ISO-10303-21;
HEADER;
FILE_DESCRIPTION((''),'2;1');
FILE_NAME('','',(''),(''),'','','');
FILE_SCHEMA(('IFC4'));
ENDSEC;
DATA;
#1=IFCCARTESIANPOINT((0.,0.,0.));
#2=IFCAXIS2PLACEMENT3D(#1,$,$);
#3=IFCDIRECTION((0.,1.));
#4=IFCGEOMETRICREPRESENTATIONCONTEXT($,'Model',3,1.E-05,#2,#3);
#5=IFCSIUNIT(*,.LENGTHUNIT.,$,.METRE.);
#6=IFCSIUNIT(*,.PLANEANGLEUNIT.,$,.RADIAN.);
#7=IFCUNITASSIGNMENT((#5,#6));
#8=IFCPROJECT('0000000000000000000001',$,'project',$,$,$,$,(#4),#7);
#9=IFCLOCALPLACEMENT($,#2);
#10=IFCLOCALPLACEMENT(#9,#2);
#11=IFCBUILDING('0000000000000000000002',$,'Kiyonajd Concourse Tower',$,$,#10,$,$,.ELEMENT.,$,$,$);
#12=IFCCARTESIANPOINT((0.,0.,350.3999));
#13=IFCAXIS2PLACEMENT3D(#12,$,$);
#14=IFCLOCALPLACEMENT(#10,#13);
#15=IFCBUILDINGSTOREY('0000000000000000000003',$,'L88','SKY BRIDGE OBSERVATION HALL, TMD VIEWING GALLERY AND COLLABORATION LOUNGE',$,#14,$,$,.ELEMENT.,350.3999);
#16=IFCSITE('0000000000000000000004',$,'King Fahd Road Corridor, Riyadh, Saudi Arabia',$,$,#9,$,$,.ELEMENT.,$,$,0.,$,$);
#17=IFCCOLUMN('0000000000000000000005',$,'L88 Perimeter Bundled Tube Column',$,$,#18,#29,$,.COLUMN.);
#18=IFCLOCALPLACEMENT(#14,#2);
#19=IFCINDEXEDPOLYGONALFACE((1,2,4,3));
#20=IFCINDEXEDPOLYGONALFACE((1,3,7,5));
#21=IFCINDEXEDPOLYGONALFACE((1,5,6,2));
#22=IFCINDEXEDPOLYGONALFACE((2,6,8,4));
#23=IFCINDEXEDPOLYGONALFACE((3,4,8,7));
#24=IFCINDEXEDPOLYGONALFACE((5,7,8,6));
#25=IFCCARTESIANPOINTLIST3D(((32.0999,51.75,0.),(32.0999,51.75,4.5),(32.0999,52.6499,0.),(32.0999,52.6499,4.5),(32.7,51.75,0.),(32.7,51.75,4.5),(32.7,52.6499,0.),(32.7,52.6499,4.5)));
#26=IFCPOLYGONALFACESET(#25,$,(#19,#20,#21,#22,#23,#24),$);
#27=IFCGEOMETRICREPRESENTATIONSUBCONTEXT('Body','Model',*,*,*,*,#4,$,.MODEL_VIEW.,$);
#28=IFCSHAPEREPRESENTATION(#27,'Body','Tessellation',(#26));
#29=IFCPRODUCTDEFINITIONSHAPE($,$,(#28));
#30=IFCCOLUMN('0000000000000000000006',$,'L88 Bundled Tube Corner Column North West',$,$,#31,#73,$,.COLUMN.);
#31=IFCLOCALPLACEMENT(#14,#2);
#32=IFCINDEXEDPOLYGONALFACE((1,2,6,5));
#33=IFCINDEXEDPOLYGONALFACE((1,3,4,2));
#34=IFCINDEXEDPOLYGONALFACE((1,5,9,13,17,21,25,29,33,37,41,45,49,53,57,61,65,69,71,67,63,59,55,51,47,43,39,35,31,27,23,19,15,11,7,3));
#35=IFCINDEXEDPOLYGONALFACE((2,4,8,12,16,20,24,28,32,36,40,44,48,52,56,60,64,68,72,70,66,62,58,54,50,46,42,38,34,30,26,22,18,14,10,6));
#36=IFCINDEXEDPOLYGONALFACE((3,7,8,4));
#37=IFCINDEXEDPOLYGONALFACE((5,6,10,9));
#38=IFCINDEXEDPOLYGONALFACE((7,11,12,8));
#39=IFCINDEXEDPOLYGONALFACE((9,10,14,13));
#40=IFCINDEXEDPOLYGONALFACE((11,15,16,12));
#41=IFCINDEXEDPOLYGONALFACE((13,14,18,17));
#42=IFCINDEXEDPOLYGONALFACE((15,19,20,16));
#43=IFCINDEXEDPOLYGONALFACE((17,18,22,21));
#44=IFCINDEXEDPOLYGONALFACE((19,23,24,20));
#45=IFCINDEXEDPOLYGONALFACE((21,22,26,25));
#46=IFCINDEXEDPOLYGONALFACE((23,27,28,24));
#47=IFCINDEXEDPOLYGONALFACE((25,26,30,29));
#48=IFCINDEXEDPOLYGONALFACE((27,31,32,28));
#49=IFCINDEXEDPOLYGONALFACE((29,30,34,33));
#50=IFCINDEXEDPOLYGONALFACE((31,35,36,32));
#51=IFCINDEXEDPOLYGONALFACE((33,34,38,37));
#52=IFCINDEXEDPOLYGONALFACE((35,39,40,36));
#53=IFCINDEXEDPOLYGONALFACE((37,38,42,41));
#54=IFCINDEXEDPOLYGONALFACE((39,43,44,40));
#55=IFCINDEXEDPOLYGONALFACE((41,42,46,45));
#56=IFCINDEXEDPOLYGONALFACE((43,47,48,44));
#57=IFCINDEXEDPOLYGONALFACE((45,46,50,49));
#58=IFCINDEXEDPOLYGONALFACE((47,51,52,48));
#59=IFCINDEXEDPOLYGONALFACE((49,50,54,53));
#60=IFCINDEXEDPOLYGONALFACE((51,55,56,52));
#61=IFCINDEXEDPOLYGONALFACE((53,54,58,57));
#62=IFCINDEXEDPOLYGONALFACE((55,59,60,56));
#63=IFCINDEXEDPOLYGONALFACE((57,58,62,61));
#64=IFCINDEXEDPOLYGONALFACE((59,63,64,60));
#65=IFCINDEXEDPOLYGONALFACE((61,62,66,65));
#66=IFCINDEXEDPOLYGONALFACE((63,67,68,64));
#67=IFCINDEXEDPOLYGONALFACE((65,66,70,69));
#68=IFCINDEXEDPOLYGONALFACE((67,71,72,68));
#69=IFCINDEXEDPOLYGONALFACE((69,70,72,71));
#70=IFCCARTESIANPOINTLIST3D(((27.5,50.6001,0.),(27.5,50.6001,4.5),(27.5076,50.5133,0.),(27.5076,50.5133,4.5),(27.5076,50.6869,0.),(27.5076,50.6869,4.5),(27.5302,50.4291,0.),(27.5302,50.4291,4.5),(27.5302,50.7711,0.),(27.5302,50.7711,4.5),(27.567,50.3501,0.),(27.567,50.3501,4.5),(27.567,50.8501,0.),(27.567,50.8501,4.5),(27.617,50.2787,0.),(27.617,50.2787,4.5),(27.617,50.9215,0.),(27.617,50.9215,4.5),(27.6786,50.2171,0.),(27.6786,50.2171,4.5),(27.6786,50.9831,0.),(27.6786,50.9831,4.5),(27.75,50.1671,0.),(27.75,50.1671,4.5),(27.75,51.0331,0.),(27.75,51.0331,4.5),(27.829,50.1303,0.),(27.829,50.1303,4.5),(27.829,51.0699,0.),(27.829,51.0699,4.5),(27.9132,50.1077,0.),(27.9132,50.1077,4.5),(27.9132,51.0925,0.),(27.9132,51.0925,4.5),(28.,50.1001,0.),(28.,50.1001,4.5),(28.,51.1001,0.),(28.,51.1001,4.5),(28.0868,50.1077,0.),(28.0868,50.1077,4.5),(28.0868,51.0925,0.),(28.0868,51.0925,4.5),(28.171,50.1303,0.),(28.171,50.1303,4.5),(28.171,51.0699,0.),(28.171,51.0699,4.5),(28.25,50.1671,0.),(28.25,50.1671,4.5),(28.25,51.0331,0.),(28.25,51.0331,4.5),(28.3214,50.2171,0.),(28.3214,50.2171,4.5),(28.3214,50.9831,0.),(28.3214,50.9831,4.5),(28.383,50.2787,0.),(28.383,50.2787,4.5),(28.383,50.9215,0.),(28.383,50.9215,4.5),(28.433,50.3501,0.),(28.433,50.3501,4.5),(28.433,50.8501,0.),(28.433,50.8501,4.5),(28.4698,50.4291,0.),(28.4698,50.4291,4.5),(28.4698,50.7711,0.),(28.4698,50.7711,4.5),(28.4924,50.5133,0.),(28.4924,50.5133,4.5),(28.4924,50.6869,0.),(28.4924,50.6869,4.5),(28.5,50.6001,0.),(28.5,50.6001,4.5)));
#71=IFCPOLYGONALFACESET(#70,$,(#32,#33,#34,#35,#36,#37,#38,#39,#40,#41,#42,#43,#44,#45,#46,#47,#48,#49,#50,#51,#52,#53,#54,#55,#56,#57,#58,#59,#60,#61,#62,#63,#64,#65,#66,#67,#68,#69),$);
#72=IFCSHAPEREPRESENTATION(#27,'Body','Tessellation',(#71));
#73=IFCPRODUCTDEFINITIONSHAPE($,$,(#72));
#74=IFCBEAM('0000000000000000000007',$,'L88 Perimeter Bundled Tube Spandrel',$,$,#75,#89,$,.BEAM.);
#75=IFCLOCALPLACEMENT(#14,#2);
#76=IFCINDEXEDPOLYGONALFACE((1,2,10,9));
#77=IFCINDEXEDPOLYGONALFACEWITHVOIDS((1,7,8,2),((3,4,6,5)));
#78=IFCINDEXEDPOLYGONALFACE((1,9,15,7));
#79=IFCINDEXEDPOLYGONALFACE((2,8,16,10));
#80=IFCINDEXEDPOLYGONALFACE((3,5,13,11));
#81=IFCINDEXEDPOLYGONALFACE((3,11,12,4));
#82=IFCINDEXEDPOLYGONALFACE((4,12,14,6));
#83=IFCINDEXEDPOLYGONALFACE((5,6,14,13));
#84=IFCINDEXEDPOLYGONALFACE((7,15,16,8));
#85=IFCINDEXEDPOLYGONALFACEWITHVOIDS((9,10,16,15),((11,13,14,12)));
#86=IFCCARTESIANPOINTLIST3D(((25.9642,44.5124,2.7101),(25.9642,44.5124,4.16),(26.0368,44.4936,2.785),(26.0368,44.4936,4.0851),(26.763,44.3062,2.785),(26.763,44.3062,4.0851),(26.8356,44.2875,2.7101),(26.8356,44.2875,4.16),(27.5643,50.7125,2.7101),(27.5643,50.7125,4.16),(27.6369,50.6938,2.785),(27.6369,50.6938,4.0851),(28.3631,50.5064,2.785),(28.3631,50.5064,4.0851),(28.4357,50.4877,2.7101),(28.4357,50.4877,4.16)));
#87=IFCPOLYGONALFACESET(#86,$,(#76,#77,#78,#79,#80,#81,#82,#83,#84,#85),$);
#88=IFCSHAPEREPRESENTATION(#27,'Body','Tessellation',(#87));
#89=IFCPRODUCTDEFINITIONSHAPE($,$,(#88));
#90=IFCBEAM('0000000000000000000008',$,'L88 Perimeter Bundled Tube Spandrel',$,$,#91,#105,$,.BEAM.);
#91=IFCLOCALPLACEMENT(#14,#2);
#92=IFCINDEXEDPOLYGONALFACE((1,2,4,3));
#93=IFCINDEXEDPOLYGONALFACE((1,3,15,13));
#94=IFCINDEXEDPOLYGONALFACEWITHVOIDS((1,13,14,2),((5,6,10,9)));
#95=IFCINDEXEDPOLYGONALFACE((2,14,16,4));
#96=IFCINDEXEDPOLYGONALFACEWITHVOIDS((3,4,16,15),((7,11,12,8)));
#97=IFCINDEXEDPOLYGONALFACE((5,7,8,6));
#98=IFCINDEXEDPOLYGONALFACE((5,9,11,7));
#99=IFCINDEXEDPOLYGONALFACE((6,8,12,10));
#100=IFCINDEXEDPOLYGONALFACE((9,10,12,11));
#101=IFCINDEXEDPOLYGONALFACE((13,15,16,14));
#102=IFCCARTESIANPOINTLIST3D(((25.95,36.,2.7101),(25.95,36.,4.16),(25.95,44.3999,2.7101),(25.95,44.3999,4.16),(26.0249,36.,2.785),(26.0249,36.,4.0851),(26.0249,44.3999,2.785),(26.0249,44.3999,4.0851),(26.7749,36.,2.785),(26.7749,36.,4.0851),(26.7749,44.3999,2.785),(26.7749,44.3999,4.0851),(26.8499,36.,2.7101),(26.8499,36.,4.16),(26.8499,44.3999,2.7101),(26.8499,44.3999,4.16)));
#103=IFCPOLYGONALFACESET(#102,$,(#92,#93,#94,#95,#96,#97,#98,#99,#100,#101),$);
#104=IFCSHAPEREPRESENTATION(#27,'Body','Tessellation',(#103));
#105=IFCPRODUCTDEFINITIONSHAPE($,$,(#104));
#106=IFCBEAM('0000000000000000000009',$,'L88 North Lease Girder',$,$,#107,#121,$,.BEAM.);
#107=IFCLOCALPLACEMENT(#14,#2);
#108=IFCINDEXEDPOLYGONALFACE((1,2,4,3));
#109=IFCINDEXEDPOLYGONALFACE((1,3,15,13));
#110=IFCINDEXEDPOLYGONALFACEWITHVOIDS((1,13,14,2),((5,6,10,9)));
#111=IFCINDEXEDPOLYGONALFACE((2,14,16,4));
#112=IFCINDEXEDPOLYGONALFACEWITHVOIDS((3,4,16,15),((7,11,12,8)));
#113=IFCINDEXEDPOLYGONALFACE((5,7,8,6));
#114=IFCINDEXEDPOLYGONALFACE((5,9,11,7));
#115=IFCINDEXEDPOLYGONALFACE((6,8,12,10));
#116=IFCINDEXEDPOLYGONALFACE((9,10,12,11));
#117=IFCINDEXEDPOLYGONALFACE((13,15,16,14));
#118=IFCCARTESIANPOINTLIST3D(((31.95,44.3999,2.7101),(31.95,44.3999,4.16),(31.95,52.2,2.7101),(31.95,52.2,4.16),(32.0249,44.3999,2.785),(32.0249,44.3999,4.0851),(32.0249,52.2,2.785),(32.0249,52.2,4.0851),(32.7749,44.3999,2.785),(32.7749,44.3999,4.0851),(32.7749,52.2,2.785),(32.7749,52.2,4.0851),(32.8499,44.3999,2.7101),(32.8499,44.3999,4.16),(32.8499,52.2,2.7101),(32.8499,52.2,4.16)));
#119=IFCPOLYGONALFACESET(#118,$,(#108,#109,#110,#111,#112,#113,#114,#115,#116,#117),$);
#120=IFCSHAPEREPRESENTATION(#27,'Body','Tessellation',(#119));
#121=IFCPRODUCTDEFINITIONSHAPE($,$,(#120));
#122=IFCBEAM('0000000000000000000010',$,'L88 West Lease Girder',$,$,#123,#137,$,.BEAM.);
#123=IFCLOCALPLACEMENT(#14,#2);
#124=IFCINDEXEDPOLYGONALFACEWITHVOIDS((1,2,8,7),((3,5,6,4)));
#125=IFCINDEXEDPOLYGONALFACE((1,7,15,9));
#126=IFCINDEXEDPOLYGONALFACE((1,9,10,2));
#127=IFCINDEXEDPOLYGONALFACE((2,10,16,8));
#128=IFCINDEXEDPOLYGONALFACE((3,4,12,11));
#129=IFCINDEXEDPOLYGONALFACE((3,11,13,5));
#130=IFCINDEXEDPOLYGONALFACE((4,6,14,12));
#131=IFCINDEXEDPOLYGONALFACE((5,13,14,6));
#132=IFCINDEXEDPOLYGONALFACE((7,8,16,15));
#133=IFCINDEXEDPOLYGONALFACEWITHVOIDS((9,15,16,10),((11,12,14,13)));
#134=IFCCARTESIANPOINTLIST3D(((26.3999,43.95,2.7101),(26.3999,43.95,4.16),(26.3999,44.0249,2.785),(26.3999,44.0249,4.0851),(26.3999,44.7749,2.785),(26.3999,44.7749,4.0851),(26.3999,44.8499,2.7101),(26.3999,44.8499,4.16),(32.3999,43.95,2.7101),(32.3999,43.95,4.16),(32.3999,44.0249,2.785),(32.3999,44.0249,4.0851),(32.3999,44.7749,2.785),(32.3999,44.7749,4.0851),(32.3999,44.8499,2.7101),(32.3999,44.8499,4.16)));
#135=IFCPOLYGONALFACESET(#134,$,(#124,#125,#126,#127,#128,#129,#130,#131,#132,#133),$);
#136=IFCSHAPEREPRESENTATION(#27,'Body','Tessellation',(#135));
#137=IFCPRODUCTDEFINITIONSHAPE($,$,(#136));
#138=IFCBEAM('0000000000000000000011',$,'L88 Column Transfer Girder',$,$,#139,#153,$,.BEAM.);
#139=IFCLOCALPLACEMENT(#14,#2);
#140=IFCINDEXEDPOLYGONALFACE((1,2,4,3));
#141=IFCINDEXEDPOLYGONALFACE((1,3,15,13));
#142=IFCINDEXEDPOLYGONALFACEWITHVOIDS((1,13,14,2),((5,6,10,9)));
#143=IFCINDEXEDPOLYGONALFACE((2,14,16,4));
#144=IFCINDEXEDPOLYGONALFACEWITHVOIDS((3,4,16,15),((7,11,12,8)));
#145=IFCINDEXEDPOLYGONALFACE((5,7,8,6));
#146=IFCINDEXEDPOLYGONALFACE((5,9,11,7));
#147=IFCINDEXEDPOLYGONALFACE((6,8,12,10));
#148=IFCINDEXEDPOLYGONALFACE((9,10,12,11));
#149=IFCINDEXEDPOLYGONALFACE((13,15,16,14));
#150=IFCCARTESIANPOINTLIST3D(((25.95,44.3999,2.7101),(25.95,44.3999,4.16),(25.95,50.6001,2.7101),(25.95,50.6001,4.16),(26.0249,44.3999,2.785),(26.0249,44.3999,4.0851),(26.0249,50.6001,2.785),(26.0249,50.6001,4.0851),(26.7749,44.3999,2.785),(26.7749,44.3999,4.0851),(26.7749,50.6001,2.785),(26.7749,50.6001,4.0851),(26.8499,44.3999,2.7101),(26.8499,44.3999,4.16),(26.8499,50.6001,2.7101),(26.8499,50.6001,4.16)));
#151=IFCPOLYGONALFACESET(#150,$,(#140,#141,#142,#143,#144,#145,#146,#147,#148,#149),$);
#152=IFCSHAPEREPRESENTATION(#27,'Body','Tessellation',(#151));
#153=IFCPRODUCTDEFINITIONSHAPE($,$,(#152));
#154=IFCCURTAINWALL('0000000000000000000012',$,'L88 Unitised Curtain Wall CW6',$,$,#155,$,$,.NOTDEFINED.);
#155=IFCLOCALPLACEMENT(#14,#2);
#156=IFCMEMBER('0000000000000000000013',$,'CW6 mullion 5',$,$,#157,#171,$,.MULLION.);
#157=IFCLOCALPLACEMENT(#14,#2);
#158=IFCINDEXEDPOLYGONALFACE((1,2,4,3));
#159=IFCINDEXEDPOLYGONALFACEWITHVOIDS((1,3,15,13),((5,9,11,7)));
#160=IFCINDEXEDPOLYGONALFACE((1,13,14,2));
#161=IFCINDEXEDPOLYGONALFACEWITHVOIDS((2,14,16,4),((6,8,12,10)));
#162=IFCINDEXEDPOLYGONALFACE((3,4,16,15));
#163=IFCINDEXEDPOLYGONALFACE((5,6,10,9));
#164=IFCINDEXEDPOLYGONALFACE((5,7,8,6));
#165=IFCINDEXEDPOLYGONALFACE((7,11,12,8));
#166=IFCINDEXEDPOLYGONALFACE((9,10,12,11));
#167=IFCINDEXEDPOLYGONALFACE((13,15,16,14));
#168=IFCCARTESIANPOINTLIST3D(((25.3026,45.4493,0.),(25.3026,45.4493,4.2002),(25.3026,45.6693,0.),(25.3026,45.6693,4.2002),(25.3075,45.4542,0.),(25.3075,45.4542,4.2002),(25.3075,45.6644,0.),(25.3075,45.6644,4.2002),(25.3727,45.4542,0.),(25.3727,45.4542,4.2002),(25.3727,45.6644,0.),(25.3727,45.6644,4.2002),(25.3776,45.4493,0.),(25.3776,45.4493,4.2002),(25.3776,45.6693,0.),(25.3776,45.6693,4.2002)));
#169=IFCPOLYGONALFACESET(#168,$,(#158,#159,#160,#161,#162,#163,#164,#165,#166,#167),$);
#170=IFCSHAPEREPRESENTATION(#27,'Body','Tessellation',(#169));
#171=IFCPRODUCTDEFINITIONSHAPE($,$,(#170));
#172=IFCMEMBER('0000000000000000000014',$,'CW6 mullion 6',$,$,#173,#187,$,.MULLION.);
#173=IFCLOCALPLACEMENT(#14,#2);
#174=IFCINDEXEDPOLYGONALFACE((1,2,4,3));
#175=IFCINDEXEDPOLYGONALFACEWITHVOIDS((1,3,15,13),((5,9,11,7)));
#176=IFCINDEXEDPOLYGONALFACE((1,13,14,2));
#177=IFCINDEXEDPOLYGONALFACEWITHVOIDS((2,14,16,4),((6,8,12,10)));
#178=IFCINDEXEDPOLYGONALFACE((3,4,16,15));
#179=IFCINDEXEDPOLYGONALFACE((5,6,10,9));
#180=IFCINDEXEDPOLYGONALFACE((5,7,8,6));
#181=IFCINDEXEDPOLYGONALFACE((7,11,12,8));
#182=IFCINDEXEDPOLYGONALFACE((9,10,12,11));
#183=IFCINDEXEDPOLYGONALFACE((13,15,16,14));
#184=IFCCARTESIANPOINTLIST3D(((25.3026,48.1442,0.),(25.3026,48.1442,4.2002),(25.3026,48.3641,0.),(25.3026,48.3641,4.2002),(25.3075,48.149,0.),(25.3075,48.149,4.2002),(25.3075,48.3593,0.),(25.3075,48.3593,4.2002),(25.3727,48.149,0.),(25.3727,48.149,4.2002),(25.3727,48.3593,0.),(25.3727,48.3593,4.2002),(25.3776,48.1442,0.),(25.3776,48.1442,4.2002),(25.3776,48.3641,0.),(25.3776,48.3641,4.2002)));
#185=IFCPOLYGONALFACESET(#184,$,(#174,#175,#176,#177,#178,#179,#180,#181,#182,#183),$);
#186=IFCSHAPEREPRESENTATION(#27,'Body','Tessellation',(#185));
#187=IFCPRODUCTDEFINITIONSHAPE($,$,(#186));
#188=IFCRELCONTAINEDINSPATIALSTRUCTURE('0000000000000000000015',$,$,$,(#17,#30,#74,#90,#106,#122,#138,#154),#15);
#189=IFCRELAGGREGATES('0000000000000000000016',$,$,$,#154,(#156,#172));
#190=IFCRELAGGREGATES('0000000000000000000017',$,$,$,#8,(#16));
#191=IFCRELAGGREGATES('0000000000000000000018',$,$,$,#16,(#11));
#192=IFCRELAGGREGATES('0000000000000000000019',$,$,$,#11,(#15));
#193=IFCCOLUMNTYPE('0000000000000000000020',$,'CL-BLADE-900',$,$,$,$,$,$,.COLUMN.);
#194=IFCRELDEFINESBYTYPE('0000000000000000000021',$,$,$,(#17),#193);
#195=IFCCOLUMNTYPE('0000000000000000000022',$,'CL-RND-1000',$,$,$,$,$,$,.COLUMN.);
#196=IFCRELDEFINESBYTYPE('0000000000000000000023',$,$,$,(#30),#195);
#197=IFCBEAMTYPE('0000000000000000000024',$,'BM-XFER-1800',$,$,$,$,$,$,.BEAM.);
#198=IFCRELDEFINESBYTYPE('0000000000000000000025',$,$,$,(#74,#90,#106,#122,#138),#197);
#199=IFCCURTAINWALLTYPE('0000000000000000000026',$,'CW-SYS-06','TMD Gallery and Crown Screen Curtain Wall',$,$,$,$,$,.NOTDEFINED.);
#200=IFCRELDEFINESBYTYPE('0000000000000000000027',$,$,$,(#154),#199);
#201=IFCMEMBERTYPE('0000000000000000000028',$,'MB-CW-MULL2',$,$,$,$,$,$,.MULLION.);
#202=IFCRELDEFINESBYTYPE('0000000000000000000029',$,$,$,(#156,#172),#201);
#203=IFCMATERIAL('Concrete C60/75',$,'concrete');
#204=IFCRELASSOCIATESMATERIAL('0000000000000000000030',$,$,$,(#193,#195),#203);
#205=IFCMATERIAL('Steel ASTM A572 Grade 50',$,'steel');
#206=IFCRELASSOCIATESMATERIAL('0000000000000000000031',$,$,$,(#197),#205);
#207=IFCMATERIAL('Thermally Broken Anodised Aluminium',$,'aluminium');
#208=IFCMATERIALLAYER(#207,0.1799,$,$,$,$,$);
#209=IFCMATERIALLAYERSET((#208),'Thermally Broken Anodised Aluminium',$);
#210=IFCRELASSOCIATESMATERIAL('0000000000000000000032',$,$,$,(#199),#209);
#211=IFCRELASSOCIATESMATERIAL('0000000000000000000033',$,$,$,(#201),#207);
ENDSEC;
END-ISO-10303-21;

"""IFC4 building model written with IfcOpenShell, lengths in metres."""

from ifc_helpers import new_model, si_unit, direction, frame, origin, origin_2d, place, context, subcontext, project, spatial, rectangle, hollow_rectangle, circle, extrude, material, layer, layer_set, material_profile, profile_set, type_object, element, aggregate, save


model = new_model("IFC4")

# Units and contexts
model_context = context("Model", 3, precision=1e-05, world=origin(), true_north=direction((0.0, 1.0)))
body_context = subcontext(model_context, "Body", "Model", "MODEL_VIEW")
ifc_project = project(units=[si_unit("LENGTHUNIT", "METRE"), si_unit("PLANEANGLEUNIT", "RADIAN")], contexts=[model_context])

# Site, building, storey
site_placement = place(None, origin())
site = spatial("IfcSite", under=ifc_project, at=site_placement, Name="King Fahd Road Corridor, Riyadh, Saudi Arabia", CompositionType="ELEMENT", RefElevation=0.0)
building_placement = place(site_placement, origin())
building = spatial("IfcBuilding", under=site, at=building_placement, Name="Kiyonajd Concourse Tower", CompositionType="ELEMENT")
storey_placement = place(building_placement, frame((0.0, 0.0, 350.3999)))
storey = spatial("IfcBuildingStorey", under=building, at=storey_placement, Name="L88", Description="SKY BRIDGE OBSERVATION HALL, TMD VIEWING GALLERY AND COLLABORATION LOUNGE", CompositionType="ELEMENT", Elevation=350.3999)

# Columns
ifc_material_1 = material(Name="Concrete C60/75", Category="concrete")
ifc_material_profile_1 = material_profile(ifc_material_1, rectangle(XDim=0.6001, YDim=0.8999, at=origin_2d()), Name="RC-900x600")
ifc_profile_set_1 = profile_set([ifc_material_profile_1], Name="Concrete C60/75")
column_type_1 = type_object("IfcColumnType", Name="CL-BLADE-900", PredefinedType="COLUMN", material=ifc_profile_set_1)
column_1_placement = place(storey_placement, frame((32.3999, 52.2, 0.0), z_axis=(0.0, 0.0, 1.0), x_axis=(1.0, 0.0, 0.0)))
element("IfcColumn", 1, at=column_1_placement, inside=storey, type_object=column_type_1, Name="L88 Perimeter Bundled Tube Column", PredefinedType="COLUMN", context=body_context, shape_type="SweptSolid", body=[
    extrude(rectangle(XDim=0.6001, YDim=0.8999, at=origin_2d()), origin(), (0.0, 0.0, 1.0), 4.5),
])
ifc_material_profile_2 = material_profile(ifc_material_1, circle(Radius=0.5, at=origin_2d()), Name="RCC-D1000")
ifc_profile_set_2 = profile_set([ifc_material_profile_2], Name="Concrete C60/75")
column_type_2 = type_object("IfcColumnType", Name="CL-RND-1000", PredefinedType="COLUMN", material=ifc_profile_set_2)
column_2_placement = place(storey_placement, frame((28.0, 50.6001, 0.0), z_axis=(0.0, 0.0, 1.0), x_axis=(1.0, 0.0, 0.0)))
element("IfcColumn", 2, at=column_2_placement, inside=storey, type_object=column_type_2, Name="L88 Bundled Tube Corner Column North West", PredefinedType="COLUMN", context=body_context, shape_type="SweptSolid", body=[
    extrude(circle(Radius=0.5, at=origin_2d()), origin(), (0.0, 0.0, 1.0), 4.5),
])

# Beams
ifc_material_2 = material(Name="Steel ASTM A572 Grade 50", Category="steel")
ifc_material_profile_3 = material_profile(ifc_material_2, hollow_rectangle(XDim=0.8999, YDim=1.45, WallThickness=0.075, at=origin_2d()), Name="BOX-1450x900x75")
ifc_profile_set_3 = profile_set([ifc_material_profile_3], Name="Steel ASTM A572 Grade 50")
beam_type = type_object("IfcBeamType", Name="BM-XFER-1800", PredefinedType="BEAM", material=ifc_profile_set_3)
beam_1_placement = place(storey_placement, frame((28.0, 50.6001, 3.4351), z_axis=(-0.249885, -0.968276, 0.0), x_axis=(0.968276, -0.249885, 0.0)))
element("IfcBeam", 3, at=beam_1_placement, inside=storey, type_object=beam_type, Name="L88 Perimeter Bundled Tube Spandrel", PredefinedType="BEAM", context=body_context, shape_type="SweptSolid", body=[
    extrude(hollow_rectangle(XDim=0.8999, YDim=1.45, WallThickness=0.075, at=origin_2d()), origin(), (0.0, 0.0, 1.0), 6.4033),
])
beam_2_placement = place(storey_placement, frame((26.3999, 44.3999, 3.4351), z_axis=(0.0, -1.0, 0.0), x_axis=(1.0, 0.0, 0.0)))
element("IfcBeam", 4, at=beam_2_placement, inside=storey, type_object=beam_type, Name="L88 Perimeter Bundled Tube Spandrel", PredefinedType="BEAM", context=body_context, shape_type="SweptSolid", body=[
    extrude(hollow_rectangle(XDim=0.8999, YDim=1.45, WallThickness=0.075, at=origin_2d()), origin(), (0.0, 0.0, 1.0), 8.3999),
])
beam_3_placement = place(storey_placement, frame((32.3999, 44.3999, 3.4351), z_axis=(0.0, 1.0, 0.0), x_axis=(-1.0, 0.0, 0.0)))
element("IfcBeam", 5, at=beam_3_placement, inside=storey, type_object=beam_type, Name="L88 North Lease Girder", PredefinedType="BEAM", context=body_context, shape_type="SweptSolid", body=[
    extrude(hollow_rectangle(XDim=0.8999, YDim=1.45, WallThickness=0.075, at=origin_2d()), origin(), (0.0, 0.0, 1.0), 7.8),
])
beam_4_placement = place(storey_placement, frame((26.3999, 44.3999, 3.4351), z_axis=(1.0, 0.0, 0.0), x_axis=(0.0, 1.0, 0.0)))
element("IfcBeam", 6, at=beam_4_placement, inside=storey, type_object=beam_type, Name="L88 West Lease Girder", PredefinedType="BEAM", context=body_context, shape_type="SweptSolid", body=[
    extrude(hollow_rectangle(XDim=0.8999, YDim=1.45, WallThickness=0.075, at=origin_2d()), origin(), (0.0, 0.0, 1.0), 6.0),
])
beam_5_placement = place(storey_placement, frame((26.3999, 44.3999, 3.4351), z_axis=(0.0, 1.0, 0.0), x_axis=(-1.0, 0.0, 0.0)))
element("IfcBeam", 7, at=beam_5_placement, inside=storey, type_object=beam_type, Name="L88 Column Transfer Girder", PredefinedType="BEAM", context=body_context, shape_type="SweptSolid", body=[
    extrude(hollow_rectangle(XDim=0.8999, YDim=1.45, WallThickness=0.075, at=origin_2d()), origin(), (0.0, 0.0, 1.0), 6.2002),
])

# Curtain wall, members
ifc_material_3 = material(Name="Thermally Broken Anodised Aluminium", Category="aluminium")
ifc_layer_1 = layer(ifc_material_3, 0.1799)
ifc_layer_set_1 = layer_set([ifc_layer_1], Name="Thermally Broken Anodised Aluminium")
curtain_wall_type = type_object("IfcCurtainWallType", Name="CW-SYS-06", Description="TMD Gallery and Crown Screen Curtain Wall", PredefinedType="NOTDEFINED", material=ifc_layer_set_1)
curtain_wall_1_placement = place(storey_placement, origin())
curtain_wall_1 = element("IfcCurtainWall", 8, at=curtain_wall_1_placement, inside=storey, type_object=curtain_wall_type, Name="L88 Unitised Curtain Wall CW6", PredefinedType="NOTDEFINED")
ifc_material_profile_4 = material_profile(ifc_material_3, hollow_rectangle(XDim=0.075, YDim=0.22, WallThickness=0.0049, at=origin_2d()), Name="MULL-75x220")
ifc_profile_set_4 = profile_set([ifc_material_profile_4], Name="Thermally Broken Anodised Aluminium")
member_type_1 = type_object("IfcMemberType", Name="MB-CW-MULL2", PredefinedType="MULLION", material=ifc_profile_set_4)
member_1_placement = place(storey_placement, frame((25.3401, 45.5593, 0.0), z_axis=(0.0, 0.0, 1.0), x_axis=(-1.0, 0.0, 0.0)))
member_1 = element("IfcMember", 9, at=member_1_placement, type_object=member_type_1, Name="CW6 mullion 5", PredefinedType="MULLION", context=body_context, shape_type="SweptSolid", body=[
    extrude(hollow_rectangle(XDim=0.075, YDim=0.22, WallThickness=0.0049, at=origin_2d()), origin(), (0.0, 0.0, 1.0), 4.2002),
])
member_2_placement = place(storey_placement, frame((25.3401, 48.2542, 0.0), z_axis=(0.0, 0.0, 1.0), x_axis=(-1.0, 0.0, 0.0)))
member_2 = element("IfcMember", 10, at=member_2_placement, type_object=member_type_1, Name="CW6 mullion 6", PredefinedType="MULLION", context=body_context, shape_type="SweptSolid", body=[
    extrude(hollow_rectangle(XDim=0.075, YDim=0.22, WallThickness=0.0049, at=origin_2d()), origin(), (0.0, 0.0, 1.0), 4.2002),
])

aggregate(curtain_wall_1, [member_1, member_2])

save(model, "model.ifc")
